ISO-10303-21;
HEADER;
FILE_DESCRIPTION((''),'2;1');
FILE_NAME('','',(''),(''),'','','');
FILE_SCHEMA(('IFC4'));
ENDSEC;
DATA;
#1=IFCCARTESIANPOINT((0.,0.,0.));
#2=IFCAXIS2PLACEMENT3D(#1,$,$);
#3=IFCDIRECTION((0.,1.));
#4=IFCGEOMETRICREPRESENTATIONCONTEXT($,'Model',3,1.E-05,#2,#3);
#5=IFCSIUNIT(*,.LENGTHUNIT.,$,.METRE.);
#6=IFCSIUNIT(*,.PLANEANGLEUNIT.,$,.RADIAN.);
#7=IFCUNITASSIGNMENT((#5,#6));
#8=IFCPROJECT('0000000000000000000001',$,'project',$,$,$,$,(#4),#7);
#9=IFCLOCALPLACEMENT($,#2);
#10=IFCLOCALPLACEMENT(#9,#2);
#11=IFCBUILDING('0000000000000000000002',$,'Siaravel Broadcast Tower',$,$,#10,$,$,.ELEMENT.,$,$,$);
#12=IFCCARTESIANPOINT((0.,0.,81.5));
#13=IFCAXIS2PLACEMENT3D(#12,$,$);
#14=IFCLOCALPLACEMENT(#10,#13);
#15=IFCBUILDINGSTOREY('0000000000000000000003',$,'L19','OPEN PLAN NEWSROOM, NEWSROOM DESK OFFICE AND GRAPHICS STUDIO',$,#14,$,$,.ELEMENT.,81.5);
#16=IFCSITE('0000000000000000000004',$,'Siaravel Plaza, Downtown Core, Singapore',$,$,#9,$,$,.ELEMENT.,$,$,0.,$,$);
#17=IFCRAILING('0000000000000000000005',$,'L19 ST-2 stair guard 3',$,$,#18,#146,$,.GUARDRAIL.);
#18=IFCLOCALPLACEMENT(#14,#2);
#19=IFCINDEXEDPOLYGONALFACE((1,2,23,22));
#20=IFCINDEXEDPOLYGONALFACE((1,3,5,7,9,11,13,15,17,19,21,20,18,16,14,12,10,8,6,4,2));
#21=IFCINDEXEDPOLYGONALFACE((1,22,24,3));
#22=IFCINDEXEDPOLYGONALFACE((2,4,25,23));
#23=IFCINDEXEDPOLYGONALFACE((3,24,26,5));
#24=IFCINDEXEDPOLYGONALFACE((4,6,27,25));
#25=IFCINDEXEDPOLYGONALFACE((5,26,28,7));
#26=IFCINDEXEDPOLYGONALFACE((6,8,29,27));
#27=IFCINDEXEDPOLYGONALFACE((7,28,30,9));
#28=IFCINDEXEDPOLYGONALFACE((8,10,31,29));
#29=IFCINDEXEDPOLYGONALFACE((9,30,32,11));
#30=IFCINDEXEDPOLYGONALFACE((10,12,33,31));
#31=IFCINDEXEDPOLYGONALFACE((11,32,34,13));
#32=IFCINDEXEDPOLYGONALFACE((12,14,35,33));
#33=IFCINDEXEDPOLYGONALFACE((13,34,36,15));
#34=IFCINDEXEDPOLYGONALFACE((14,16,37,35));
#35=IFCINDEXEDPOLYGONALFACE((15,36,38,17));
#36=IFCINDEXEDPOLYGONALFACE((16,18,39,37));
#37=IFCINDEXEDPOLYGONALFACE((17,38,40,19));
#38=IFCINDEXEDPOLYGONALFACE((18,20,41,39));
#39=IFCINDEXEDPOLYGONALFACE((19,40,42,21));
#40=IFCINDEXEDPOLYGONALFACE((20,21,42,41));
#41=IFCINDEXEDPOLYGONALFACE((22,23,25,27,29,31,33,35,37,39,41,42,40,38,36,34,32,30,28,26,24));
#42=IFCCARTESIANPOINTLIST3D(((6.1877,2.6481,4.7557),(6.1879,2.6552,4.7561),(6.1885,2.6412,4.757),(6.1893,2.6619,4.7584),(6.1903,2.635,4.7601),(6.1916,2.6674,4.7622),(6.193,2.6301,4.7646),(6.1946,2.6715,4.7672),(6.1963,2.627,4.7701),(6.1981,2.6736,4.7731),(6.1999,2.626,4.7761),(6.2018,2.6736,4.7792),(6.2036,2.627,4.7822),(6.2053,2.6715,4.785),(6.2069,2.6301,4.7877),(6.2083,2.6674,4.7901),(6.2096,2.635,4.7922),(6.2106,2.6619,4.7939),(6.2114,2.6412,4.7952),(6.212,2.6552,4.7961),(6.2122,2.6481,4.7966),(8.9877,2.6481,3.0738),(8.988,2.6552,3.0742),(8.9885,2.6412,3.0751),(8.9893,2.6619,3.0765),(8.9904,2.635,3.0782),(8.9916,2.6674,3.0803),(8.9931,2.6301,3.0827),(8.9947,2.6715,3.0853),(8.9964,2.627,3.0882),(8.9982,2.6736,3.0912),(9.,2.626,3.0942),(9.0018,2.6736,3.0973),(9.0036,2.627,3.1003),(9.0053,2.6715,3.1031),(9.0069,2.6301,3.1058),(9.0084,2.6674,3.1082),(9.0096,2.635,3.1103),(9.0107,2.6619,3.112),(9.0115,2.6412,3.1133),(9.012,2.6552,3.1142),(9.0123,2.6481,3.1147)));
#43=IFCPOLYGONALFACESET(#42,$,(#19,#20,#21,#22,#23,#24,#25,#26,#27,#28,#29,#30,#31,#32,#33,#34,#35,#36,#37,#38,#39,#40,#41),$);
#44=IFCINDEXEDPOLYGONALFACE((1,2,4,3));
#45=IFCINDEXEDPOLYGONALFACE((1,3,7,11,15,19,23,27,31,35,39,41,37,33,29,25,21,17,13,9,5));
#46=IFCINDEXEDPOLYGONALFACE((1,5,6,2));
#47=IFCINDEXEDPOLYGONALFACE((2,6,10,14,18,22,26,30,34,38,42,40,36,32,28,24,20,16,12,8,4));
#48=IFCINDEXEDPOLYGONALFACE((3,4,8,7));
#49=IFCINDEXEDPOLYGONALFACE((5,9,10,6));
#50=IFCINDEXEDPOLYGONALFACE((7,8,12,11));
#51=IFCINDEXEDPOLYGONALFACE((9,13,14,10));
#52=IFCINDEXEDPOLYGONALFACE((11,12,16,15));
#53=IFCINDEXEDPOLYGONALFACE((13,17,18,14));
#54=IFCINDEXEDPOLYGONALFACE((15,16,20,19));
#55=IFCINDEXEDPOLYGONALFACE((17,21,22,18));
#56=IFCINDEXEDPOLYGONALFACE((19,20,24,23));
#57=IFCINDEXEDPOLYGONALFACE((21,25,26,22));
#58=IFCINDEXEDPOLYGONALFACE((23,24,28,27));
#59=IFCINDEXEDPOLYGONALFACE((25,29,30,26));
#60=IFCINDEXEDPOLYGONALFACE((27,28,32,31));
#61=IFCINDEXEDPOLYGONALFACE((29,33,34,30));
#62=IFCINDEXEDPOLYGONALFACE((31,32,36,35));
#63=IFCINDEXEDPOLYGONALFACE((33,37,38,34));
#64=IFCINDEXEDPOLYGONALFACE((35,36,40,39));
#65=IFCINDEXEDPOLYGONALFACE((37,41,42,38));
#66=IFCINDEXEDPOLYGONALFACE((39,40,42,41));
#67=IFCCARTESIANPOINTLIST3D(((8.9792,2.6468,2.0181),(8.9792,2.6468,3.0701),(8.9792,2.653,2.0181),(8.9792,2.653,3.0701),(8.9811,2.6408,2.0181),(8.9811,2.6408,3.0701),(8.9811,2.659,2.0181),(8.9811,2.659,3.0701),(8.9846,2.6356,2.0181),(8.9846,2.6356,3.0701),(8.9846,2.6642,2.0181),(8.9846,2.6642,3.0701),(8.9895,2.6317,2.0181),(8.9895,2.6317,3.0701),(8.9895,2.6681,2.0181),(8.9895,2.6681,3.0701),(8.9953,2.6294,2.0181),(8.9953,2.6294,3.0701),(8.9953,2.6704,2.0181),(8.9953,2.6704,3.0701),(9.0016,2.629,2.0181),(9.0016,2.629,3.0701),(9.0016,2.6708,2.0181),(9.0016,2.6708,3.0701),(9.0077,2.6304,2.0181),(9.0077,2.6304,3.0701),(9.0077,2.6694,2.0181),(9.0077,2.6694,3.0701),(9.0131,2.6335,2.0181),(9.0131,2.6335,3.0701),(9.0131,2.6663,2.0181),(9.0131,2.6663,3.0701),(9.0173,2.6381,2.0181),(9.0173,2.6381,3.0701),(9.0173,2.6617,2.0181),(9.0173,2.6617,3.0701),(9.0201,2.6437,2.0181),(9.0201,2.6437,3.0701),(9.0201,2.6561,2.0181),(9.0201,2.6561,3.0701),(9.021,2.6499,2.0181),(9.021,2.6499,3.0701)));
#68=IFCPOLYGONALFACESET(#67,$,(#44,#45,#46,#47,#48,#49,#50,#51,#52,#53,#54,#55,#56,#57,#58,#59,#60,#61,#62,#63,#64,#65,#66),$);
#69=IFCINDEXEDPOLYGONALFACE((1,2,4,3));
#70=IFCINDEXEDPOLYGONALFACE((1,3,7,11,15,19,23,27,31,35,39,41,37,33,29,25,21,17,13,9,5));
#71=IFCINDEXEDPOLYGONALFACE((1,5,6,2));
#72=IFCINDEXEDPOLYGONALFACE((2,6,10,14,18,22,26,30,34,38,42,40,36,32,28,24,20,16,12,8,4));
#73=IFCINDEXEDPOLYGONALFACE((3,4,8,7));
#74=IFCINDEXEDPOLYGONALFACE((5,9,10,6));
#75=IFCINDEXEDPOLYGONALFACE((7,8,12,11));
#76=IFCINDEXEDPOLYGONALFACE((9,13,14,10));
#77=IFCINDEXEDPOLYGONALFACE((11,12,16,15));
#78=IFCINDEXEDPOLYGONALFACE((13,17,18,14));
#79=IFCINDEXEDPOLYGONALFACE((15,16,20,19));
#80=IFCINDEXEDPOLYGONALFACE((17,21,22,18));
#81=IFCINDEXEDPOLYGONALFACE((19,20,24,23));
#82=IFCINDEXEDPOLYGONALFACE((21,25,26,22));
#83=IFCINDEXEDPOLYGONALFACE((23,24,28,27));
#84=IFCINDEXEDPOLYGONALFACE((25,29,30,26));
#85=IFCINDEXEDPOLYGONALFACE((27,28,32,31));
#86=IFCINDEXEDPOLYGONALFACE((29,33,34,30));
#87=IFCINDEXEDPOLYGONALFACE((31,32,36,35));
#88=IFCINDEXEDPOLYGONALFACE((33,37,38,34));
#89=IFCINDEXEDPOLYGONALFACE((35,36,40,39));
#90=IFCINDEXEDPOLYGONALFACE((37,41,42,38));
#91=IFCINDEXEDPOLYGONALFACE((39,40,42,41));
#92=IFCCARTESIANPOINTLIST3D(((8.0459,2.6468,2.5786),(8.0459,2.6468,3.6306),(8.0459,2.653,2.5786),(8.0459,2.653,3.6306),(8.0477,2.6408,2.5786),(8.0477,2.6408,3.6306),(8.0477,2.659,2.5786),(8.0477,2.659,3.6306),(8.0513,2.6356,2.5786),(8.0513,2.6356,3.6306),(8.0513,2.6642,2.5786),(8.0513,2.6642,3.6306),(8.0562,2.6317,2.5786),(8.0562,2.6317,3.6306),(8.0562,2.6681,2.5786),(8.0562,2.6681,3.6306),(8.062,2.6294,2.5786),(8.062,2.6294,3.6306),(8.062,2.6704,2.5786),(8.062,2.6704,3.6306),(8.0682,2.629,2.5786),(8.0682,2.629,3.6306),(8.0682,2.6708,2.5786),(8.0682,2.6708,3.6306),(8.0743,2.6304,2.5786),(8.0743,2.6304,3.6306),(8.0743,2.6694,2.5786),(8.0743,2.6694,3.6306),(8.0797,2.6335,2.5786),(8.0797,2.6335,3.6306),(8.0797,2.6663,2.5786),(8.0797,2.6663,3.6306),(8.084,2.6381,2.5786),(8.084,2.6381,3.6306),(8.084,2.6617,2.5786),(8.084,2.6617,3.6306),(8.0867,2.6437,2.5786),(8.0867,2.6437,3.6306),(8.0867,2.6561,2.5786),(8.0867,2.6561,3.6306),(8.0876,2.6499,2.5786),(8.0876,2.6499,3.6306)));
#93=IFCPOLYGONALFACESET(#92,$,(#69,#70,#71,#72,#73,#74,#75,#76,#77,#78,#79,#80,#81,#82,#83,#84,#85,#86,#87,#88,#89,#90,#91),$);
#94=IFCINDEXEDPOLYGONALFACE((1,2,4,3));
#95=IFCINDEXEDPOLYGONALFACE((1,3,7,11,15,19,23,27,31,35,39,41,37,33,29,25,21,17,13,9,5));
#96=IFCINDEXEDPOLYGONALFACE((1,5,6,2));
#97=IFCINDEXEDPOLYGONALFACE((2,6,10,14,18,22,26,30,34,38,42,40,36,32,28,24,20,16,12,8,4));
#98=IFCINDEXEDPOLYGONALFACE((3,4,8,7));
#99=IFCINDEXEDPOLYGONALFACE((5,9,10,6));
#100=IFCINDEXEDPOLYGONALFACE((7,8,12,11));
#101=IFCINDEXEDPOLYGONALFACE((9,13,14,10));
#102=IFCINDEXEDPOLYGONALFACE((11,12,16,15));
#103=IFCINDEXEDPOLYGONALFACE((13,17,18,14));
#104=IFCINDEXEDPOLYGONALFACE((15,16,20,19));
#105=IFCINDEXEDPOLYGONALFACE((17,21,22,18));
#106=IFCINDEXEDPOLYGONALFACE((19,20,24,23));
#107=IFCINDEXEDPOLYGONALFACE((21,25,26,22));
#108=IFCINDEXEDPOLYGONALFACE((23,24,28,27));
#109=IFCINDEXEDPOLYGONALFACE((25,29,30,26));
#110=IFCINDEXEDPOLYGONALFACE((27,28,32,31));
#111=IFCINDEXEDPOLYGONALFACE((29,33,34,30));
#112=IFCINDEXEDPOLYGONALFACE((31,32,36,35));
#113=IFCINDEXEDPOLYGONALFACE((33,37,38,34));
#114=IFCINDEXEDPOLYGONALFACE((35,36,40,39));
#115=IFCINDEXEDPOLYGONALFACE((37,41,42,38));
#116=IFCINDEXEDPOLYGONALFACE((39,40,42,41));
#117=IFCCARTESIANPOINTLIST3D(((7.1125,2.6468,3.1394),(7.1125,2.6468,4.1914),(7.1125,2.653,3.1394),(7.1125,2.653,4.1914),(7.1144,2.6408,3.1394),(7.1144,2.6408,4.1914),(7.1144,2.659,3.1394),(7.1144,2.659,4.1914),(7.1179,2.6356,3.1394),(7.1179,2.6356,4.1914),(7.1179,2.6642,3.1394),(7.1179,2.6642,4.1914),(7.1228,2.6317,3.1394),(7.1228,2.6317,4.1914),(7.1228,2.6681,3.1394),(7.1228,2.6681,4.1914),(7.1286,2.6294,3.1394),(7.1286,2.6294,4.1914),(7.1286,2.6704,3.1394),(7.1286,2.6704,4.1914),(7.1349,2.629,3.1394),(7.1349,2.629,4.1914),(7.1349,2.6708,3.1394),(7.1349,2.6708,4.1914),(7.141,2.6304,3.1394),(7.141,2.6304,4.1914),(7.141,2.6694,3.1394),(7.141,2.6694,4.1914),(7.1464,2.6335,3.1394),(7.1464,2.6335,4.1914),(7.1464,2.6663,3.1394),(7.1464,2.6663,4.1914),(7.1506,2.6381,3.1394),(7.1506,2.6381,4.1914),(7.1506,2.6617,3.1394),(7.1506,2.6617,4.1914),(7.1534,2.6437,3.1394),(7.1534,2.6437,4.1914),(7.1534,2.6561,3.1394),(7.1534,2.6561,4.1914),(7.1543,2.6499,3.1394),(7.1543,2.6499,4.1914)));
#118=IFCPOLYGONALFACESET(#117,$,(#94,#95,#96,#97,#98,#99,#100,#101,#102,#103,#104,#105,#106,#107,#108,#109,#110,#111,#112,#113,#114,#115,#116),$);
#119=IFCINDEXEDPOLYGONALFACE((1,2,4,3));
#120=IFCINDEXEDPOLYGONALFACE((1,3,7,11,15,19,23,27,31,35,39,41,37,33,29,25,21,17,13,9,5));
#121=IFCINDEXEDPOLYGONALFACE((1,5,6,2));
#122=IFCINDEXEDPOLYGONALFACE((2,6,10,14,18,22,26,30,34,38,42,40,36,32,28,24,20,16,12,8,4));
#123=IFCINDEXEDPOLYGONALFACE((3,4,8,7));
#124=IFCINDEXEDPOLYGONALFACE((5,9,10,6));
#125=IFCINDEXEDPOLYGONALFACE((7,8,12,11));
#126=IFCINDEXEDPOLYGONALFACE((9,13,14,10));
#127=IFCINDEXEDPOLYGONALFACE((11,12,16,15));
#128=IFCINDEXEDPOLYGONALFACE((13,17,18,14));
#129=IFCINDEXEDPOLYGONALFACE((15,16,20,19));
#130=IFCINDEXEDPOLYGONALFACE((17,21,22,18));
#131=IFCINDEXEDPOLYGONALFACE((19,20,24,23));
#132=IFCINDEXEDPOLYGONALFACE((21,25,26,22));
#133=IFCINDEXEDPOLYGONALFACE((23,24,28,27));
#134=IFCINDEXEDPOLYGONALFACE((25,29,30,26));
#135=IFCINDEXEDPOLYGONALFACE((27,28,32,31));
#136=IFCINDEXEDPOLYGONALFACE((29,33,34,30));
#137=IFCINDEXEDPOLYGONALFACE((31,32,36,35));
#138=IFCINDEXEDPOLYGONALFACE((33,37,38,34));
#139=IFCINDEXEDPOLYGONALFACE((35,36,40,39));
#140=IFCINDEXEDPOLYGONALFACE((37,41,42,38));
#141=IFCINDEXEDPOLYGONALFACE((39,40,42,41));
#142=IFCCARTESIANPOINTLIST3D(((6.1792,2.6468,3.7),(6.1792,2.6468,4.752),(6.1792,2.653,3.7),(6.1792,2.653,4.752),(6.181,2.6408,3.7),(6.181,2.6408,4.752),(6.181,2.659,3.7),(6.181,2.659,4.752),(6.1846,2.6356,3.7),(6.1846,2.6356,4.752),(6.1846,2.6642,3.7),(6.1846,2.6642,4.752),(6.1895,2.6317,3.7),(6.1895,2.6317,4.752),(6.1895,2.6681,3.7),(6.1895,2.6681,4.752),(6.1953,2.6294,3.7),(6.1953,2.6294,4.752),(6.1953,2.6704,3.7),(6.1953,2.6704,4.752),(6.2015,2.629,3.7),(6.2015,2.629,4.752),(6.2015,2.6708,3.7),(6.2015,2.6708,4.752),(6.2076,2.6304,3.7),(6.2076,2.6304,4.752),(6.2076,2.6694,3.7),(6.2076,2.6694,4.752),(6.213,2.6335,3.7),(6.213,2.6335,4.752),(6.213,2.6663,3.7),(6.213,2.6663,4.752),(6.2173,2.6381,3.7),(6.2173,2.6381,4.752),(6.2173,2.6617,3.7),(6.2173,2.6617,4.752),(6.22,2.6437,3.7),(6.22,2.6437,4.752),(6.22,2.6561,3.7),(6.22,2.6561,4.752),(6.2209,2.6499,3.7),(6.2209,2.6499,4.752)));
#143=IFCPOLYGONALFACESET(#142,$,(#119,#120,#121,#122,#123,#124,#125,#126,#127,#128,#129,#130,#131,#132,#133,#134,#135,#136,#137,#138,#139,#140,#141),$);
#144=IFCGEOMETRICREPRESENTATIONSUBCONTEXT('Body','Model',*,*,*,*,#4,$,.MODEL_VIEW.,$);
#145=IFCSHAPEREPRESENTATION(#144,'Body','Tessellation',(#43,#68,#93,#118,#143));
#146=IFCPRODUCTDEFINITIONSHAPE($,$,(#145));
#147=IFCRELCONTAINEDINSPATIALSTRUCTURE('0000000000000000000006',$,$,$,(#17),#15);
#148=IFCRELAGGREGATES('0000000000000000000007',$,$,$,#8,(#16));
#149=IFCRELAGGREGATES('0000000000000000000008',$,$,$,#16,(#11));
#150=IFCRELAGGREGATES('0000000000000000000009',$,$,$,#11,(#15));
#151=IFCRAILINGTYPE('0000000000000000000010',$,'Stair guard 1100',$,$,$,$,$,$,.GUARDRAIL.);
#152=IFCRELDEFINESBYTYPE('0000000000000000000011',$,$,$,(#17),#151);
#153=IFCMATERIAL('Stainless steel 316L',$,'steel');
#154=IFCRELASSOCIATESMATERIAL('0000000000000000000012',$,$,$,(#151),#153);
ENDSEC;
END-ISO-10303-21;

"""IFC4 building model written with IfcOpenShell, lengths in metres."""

from ifc_helpers import new_model, si_unit, direction, frame, origin, origin_2d, place, context, subcontext, project, spatial, circle, extrude, material, type_object, element, save


model = new_model("IFC4")

# Units and contexts
model_context = context("Model", 3, precision=1e-05, world=origin(), true_north=direction((0.0, 1.0)))
body_context = subcontext(model_context, "Body", "Model", "MODEL_VIEW")
ifc_project = project(units=[si_unit("LENGTHUNIT", "METRE"), si_unit("PLANEANGLEUNIT", "RADIAN")], contexts=[model_context])

# Site, building, storey
site_placement = place(None, origin())
site = spatial("IfcSite", under=ifc_project, at=site_placement, Name="Siaravel Plaza, Downtown Core, Singapore", CompositionType="ELEMENT", RefElevation=0.0)
building_placement = place(site_placement, origin())
building = spatial("IfcBuilding", under=site, at=building_placement, Name="Siaravel Broadcast Tower", CompositionType="ELEMENT")
storey_placement = place(building_placement, frame((0.0, 0.0, 81.5)))
storey = spatial("IfcBuildingStorey", under=building, at=storey_placement, Name="L19", Description="OPEN PLAN NEWSROOM, NEWSROOM DESK OFFICE AND GRAPHICS STUDIO", CompositionType="ELEMENT", Elevation=81.5)

# Railing
ifc_material_1 = material(Name="Stainless steel 316L", Category="steel")
railing_type_1 = type_object("IfcRailingType", Name="Stair guard 1100", PredefinedType="GUARDRAIL", material=ifc_material_1)
railing_1_placement = place(storey_placement, frame((9.0, 2.6499, 2.0181)))
element("IfcRailing", 1, at=railing_1_placement, inside=storey, type_object=railing_type_1, Name="L19 ST-2 stair guard 3", PredefinedType="GUARDRAIL", context=body_context, shape_type="SweptSolid", body=[
    extrude(circle(Radius=0.0239, at=origin_2d()), frame((0.0, 0.0, 1.0762), z_axis=(-0.857242, 0.0, 0.514913), x_axis=(0.0, -1.0, 0.0)), (0.0, 0.0, 1.0), 3.2664),
    extrude(circle(Radius=0.021, at=origin_2d()), origin(), (0.0, 0.0, 1.0), 1.052),
    extrude(circle(Radius=0.021, at=origin_2d()), frame((-0.9333, 0.0, 0.5605)), (0.0, 0.0, 1.0), 1.052),
    extrude(circle(Radius=0.021, at=origin_2d()), frame((-1.8667, 0.0, 1.1213)), (0.0, 0.0, 1.0), 1.052),
    extrude(circle(Radius=0.021, at=origin_2d()), frame((-2.8, 0.0, 1.6819)), (0.0, 0.0, 1.0), 1.052),
])

save(model, "model.ifc")
